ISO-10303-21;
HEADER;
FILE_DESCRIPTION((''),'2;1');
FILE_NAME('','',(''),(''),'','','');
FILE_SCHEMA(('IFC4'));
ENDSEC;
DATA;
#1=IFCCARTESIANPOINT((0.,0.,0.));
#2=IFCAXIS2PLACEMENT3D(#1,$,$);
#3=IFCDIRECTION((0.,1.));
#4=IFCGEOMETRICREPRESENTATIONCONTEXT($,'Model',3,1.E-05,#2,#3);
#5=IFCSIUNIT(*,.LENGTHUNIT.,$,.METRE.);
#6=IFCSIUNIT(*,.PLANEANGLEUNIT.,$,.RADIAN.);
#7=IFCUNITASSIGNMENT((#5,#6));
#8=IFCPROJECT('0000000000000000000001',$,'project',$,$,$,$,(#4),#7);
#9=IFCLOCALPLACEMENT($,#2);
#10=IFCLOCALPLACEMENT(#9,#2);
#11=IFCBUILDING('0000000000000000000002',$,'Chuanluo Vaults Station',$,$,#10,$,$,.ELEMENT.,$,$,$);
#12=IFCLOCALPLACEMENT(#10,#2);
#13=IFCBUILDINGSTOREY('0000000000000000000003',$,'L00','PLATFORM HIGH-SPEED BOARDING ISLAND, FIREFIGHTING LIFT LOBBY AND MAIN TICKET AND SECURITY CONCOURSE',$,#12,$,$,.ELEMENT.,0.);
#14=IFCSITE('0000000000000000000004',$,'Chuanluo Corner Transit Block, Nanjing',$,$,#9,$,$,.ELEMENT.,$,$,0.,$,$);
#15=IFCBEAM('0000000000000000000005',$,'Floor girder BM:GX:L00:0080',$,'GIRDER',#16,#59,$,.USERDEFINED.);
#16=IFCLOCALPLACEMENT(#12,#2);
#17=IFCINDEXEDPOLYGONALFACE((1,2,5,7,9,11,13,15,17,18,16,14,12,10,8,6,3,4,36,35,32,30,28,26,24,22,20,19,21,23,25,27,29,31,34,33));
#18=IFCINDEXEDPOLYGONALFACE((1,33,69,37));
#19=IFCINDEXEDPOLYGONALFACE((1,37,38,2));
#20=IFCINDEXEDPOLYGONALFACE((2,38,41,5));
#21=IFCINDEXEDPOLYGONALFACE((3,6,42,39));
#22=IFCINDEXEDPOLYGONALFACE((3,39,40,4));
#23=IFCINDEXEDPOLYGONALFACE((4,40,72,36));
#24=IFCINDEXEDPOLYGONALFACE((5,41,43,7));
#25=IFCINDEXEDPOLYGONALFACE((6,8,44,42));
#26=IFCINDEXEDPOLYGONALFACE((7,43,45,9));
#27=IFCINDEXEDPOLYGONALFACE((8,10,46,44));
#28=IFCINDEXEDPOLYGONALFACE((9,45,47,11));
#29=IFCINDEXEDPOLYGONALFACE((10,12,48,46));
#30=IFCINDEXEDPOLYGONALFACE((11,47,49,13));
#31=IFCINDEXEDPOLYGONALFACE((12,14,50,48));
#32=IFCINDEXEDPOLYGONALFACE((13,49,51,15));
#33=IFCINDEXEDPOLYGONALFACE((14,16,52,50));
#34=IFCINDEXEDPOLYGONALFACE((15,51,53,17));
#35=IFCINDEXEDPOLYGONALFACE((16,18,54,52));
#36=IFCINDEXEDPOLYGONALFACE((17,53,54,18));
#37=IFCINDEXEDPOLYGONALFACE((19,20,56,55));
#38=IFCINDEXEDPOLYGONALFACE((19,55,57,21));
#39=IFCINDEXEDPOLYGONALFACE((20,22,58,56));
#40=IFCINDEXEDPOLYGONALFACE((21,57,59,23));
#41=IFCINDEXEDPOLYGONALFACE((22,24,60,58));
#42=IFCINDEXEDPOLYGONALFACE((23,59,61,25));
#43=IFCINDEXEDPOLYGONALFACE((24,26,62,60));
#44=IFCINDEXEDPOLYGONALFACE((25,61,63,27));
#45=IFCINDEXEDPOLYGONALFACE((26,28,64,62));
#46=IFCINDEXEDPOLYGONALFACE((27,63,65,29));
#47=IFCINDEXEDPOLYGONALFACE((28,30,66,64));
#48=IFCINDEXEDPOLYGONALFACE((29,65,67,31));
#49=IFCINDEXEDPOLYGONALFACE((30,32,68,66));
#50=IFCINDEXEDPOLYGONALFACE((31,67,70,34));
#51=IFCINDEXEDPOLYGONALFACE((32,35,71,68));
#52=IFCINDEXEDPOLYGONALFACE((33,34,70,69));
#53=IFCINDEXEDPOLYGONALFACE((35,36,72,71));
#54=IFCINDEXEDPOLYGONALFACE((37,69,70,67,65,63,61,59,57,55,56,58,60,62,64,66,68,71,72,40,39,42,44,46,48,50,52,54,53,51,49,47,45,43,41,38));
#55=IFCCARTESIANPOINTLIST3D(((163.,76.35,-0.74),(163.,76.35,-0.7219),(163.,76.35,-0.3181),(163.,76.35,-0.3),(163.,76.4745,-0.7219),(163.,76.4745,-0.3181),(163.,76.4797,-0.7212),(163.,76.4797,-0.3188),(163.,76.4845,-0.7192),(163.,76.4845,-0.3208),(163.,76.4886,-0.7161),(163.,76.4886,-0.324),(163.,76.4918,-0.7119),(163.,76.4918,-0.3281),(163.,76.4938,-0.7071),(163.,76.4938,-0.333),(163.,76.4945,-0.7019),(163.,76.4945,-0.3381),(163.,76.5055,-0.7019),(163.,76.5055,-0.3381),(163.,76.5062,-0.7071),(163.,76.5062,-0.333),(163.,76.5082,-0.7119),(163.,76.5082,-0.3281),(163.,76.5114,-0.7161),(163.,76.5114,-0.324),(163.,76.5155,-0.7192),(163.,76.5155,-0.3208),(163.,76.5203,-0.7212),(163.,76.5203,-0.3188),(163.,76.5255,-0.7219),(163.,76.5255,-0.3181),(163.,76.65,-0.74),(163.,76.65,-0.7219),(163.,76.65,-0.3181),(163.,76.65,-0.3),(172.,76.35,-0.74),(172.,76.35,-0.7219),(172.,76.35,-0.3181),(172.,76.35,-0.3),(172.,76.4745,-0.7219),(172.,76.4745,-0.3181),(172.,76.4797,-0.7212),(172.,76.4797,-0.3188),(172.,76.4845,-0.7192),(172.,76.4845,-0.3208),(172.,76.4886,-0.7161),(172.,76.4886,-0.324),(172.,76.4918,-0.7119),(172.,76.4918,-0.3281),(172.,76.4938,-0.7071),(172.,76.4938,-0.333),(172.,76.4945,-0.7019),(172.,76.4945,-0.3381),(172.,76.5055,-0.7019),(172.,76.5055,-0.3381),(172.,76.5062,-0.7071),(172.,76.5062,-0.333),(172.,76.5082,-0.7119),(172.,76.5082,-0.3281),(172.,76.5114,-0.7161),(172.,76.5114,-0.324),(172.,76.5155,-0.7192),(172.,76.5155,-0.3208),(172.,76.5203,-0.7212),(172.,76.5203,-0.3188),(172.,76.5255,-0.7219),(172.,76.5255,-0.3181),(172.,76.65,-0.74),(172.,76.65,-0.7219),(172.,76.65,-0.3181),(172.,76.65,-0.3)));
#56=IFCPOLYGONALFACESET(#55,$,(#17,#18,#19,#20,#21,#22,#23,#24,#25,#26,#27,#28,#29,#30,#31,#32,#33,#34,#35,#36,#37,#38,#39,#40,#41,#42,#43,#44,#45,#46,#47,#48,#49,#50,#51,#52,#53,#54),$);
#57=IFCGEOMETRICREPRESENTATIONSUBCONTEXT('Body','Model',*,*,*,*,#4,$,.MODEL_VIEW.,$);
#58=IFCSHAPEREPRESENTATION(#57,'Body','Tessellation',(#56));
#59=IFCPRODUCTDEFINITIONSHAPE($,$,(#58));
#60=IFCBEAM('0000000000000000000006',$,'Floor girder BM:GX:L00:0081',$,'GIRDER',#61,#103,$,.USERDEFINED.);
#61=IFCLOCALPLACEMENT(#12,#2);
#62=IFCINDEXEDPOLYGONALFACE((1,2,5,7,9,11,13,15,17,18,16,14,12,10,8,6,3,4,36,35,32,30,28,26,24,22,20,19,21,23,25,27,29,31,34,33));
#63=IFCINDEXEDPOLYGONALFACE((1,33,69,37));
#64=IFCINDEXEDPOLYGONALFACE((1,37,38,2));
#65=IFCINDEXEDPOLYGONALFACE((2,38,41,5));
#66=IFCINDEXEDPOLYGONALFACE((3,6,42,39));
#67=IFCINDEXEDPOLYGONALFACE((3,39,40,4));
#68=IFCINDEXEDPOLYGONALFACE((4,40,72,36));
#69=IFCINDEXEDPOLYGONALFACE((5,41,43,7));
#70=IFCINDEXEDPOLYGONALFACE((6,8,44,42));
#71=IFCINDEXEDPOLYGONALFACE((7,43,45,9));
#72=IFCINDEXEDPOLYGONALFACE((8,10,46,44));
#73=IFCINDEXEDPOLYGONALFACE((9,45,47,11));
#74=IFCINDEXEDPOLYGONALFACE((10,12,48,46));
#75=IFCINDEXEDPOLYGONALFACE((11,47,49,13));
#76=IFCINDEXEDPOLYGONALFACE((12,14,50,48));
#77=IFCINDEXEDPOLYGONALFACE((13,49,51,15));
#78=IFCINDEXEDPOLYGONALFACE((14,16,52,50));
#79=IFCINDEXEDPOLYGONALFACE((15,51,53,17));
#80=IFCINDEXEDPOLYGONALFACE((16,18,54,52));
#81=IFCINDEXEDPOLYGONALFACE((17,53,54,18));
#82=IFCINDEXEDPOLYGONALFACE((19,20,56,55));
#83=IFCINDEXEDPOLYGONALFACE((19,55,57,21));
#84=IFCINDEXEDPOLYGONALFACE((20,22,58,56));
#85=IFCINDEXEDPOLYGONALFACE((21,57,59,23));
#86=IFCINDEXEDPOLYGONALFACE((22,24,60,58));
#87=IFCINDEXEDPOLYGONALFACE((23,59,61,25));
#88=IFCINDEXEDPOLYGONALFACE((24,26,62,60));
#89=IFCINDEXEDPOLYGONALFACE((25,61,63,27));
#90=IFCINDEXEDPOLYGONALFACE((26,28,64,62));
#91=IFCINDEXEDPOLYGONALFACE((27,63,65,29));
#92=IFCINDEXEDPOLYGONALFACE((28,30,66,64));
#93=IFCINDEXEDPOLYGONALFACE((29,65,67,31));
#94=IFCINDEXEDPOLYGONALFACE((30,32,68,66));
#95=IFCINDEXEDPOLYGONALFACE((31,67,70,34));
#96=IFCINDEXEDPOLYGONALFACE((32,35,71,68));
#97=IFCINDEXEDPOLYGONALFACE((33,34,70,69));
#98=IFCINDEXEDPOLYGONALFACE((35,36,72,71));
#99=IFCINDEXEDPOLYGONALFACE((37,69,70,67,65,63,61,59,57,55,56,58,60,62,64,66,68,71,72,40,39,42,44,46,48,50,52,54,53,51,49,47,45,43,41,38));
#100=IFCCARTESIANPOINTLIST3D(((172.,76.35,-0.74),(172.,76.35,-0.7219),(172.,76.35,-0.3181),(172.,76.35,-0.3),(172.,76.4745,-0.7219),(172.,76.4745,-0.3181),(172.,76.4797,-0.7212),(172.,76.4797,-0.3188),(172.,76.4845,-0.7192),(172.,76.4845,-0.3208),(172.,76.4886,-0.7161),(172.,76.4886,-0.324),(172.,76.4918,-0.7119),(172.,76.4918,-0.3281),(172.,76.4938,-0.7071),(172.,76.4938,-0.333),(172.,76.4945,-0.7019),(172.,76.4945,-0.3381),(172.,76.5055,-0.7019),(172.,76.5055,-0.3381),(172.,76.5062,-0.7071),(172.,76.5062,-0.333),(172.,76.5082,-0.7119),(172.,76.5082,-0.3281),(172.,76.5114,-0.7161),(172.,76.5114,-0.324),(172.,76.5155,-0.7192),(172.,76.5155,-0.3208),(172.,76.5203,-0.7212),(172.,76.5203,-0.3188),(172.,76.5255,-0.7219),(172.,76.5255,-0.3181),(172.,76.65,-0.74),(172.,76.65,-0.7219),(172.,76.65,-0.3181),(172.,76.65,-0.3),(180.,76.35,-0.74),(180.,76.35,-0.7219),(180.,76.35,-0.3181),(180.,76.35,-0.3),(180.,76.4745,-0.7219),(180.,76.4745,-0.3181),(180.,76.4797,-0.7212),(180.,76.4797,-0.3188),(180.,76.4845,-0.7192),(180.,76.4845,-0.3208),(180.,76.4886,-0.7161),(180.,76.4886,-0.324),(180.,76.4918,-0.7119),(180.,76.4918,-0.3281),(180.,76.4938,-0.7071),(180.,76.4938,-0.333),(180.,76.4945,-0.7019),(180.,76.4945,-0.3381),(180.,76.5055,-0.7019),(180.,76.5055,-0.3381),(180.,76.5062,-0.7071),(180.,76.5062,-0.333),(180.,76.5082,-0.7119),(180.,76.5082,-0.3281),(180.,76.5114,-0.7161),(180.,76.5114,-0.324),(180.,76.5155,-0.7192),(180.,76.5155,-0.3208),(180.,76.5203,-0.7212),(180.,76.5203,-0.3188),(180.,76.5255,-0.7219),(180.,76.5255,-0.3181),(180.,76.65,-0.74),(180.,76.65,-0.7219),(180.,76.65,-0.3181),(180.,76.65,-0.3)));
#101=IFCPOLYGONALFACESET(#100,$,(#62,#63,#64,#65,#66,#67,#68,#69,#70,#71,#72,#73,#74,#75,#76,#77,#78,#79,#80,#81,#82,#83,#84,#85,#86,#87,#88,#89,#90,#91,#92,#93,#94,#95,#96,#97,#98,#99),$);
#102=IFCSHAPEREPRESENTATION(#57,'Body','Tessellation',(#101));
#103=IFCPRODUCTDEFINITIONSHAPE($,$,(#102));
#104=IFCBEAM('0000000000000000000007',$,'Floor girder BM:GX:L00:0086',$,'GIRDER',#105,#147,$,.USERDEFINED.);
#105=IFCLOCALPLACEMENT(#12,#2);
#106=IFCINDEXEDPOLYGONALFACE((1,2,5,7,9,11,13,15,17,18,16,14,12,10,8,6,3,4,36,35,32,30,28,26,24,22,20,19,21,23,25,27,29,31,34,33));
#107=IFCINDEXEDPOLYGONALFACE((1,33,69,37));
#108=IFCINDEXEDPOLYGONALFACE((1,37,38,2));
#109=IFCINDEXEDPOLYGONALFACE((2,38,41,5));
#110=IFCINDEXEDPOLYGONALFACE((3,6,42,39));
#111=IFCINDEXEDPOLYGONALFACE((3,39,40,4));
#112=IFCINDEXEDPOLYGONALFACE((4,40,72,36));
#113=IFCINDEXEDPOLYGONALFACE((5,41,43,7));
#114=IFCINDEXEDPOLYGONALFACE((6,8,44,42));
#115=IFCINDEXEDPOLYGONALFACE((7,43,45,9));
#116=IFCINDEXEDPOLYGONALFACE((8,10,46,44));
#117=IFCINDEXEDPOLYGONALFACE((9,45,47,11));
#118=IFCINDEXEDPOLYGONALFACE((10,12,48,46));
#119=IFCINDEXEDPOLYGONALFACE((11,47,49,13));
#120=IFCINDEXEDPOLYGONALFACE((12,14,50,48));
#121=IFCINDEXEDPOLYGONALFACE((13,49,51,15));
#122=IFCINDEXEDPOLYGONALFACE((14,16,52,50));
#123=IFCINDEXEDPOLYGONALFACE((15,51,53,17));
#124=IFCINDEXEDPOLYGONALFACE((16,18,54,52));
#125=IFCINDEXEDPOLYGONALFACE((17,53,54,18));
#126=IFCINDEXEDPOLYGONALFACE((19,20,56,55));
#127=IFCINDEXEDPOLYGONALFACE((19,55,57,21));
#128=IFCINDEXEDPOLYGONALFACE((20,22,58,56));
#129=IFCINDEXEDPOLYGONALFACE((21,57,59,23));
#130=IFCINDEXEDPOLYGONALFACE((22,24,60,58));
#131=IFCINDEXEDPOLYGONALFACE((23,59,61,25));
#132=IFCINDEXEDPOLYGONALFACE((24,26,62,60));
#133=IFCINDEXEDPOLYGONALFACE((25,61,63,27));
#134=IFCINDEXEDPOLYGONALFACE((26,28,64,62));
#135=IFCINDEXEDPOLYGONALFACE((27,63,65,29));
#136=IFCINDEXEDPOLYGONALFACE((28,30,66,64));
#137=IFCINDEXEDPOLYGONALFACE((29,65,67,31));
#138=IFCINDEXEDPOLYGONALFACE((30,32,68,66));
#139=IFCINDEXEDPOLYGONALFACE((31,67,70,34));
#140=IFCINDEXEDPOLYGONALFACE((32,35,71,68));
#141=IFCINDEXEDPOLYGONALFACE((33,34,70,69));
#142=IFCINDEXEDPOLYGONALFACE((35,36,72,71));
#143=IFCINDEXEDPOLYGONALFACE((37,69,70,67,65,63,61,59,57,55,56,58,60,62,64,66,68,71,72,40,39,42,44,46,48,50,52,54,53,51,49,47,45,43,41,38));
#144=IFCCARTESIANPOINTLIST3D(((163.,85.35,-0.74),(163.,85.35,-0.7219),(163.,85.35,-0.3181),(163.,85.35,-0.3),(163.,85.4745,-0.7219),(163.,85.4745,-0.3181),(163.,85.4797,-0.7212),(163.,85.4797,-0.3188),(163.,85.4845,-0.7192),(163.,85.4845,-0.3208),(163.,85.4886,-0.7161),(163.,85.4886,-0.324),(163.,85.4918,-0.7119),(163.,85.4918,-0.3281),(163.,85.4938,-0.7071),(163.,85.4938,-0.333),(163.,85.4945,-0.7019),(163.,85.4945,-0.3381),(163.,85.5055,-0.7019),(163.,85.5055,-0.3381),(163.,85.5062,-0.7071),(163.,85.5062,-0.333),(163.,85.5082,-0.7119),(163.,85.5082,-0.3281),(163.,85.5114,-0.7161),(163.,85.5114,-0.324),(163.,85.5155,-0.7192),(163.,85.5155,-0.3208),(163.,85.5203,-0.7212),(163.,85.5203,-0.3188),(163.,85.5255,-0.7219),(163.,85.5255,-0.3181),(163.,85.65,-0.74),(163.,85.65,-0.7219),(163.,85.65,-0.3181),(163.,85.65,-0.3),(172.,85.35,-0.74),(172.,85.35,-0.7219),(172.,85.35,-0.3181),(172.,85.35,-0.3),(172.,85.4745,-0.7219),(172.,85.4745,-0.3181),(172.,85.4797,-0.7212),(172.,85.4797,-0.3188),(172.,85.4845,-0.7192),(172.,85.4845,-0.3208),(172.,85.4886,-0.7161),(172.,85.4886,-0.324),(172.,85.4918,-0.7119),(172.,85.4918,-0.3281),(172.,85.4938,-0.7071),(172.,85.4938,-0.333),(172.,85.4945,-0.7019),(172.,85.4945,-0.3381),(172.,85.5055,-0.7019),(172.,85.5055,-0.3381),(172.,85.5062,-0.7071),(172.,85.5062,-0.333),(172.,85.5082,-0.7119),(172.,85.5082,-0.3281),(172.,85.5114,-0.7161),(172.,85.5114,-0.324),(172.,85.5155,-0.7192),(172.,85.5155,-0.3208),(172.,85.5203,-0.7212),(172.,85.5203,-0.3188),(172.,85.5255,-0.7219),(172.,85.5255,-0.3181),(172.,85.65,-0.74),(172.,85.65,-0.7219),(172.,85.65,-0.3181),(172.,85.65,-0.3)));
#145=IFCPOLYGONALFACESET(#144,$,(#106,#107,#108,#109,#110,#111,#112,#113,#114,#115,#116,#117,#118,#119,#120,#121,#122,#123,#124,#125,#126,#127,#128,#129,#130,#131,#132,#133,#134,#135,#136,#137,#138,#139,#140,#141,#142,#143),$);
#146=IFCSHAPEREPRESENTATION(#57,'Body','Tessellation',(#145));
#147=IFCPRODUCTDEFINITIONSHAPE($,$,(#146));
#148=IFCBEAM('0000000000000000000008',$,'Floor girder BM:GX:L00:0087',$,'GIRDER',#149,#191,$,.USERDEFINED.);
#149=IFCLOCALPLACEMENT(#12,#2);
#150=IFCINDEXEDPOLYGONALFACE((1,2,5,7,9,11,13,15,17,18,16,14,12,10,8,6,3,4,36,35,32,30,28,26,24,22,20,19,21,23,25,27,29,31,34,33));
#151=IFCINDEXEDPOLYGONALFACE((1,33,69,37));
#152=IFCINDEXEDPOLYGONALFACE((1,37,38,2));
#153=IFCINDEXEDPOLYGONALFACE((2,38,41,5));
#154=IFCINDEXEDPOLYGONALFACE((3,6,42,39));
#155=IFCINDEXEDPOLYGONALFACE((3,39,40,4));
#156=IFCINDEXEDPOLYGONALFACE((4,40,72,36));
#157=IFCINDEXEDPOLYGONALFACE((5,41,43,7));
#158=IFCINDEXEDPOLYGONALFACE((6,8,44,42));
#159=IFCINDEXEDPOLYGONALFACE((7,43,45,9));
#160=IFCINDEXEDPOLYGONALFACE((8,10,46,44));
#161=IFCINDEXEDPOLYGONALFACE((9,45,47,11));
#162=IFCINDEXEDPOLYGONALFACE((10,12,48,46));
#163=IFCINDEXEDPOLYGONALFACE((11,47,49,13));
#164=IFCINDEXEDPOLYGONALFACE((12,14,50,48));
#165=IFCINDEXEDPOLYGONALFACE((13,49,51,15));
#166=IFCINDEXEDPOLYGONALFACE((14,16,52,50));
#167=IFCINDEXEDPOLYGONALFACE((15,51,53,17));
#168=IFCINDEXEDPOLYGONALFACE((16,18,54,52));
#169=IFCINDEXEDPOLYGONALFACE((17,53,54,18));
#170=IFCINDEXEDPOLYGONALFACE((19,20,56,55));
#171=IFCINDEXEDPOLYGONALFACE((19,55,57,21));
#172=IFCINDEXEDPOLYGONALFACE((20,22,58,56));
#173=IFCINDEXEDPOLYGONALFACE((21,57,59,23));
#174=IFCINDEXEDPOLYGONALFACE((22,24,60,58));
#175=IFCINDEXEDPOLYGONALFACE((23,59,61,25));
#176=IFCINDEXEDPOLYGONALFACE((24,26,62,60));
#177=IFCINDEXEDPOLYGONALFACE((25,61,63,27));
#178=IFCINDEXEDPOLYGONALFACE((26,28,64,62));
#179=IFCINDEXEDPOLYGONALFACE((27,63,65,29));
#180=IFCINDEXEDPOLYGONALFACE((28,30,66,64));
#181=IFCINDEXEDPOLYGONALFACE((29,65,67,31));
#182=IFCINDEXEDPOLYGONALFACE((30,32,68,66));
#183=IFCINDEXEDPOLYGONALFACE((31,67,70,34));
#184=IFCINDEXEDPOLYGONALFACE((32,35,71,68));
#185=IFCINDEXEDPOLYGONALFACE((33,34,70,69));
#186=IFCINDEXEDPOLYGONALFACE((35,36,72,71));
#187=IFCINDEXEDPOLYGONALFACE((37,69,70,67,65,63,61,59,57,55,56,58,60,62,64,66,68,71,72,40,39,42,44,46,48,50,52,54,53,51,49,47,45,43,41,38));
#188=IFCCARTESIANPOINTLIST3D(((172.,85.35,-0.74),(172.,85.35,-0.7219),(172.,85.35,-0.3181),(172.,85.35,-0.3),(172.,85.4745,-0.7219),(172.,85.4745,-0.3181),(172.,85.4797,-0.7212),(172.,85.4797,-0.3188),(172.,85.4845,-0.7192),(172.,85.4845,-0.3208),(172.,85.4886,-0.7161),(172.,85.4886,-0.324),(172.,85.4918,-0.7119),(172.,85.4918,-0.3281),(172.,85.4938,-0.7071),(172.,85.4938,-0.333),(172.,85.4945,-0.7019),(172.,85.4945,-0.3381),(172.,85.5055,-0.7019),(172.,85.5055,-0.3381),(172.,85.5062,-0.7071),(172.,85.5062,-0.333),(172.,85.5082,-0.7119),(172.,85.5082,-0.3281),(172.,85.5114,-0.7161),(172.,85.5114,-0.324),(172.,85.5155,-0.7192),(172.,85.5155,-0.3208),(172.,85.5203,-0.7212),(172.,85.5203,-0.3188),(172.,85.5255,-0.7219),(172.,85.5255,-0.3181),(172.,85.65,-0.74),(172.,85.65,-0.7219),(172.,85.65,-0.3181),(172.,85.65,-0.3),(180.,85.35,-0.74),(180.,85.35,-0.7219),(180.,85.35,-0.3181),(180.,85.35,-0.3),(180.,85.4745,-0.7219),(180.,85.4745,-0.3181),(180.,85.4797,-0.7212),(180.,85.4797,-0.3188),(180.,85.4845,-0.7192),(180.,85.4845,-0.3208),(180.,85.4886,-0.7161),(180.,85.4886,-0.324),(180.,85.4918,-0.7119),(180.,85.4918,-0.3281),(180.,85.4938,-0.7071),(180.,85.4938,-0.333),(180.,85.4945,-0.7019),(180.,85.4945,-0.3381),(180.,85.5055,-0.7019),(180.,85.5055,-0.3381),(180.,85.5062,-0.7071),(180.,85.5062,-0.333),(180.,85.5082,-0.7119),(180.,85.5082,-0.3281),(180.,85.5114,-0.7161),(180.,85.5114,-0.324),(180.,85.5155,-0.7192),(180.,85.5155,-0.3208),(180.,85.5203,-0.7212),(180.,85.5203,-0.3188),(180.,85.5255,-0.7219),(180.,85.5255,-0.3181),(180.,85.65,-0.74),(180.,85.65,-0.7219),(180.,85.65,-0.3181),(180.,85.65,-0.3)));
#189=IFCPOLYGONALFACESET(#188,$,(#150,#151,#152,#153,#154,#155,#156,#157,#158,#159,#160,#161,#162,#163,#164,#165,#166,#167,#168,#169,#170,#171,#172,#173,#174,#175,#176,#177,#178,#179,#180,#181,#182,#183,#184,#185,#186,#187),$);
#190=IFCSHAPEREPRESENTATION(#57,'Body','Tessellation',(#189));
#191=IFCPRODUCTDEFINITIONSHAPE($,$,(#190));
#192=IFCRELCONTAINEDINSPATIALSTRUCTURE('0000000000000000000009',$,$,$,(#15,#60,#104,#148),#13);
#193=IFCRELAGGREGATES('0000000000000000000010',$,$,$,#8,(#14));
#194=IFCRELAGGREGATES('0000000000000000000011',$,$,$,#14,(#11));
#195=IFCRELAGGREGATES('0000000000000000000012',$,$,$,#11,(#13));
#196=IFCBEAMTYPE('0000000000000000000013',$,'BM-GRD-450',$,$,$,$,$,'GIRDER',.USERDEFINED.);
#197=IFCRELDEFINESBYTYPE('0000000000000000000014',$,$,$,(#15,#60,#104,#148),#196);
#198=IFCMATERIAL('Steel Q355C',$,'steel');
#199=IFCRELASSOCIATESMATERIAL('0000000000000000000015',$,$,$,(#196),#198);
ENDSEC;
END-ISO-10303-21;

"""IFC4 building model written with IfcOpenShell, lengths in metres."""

from ifc_helpers import new_model, si_unit, direction, frame, origin, origin_2d, place, context, subcontext, project, spatial, i_section, extrude, material, material_profile, profile_set, type_object, element, save


model = new_model("IFC4")

# Units and contexts
model_context = context("Model", 3, precision=1e-05, world=origin(), true_north=direction((0.0, 1.0)))
body_context = subcontext(model_context, "Body", "Model", "MODEL_VIEW")
ifc_project = project(units=[si_unit("LENGTHUNIT", "METRE"), si_unit("PLANEANGLEUNIT", "RADIAN")], contexts=[model_context])

# Site, building, storey
site_placement = place(None, origin())
site = spatial("IfcSite", under=ifc_project, at=site_placement, Name="Chuanluo Corner Transit Block, Nanjing", CompositionType="ELEMENT", RefElevation=0.0)
building_placement = place(site_placement, origin())
building = spatial("IfcBuilding", under=site, at=building_placement, Name="Chuanluo Vaults Station", CompositionType="ELEMENT")
storey_placement = place(building_placement, origin())
storey = spatial("IfcBuildingStorey", under=building, at=storey_placement, Name="L00", Description="PLATFORM HIGH-SPEED BOARDING ISLAND, FIREFIGHTING LIFT LOBBY AND MAIN TICKET AND SECURITY CONCOURSE", CompositionType="ELEMENT", Elevation=0.0)

# Beams
ifc_material_1 = material(Name="Steel Q355C", Category="steel")
ifc_material_profile_1 = material_profile(ifc_material_1, i_section(OverallWidth=0.3, OverallDepth=0.4399, WebThickness=0.011, FlangeThickness=0.0181, FilletRadius=0.02, at=origin_2d()))
ifc_profile_set_1 = profile_set([ifc_material_profile_1], Name="Steel Q355C")
beam_type_1 = type_object("IfcBeamType", Name="BM-GRD-450", ElementType="GIRDER", PredefinedType="USERDEFINED", material=ifc_profile_set_1)
beam_1_placement = place(storey_placement, frame((163.0, 76.5, -0.52), z_axis=(1.0, 0.0, 0.0), x_axis=(0.0, 1.0, 0.0)))
element("IfcBeam", 1, at=beam_1_placement, inside=storey, type_object=beam_type_1, Name="Floor girder BM:GX:L00:0080", ObjectType="GIRDER", PredefinedType="USERDEFINED", context=body_context, shape_type="SweptSolid", body=[
    extrude(i_section(OverallWidth=0.3, OverallDepth=0.4399, WebThickness=0.011, FlangeThickness=0.0181, FilletRadius=0.02, at=origin_2d()), origin(), (0.0, 0.0, 1.0), 9.0),
])
beam_2_placement = place(storey_placement, frame((172.0, 76.5, -0.52), z_axis=(1.0, 0.0, 0.0), x_axis=(0.0, 1.0, 0.0)))
element("IfcBeam", 2, at=beam_2_placement, inside=storey, type_object=beam_type_1, Name="Floor girder BM:GX:L00:0081", ObjectType="GIRDER", PredefinedType="USERDEFINED", context=body_context, shape_type="SweptSolid", body=[
    extrude(i_section(OverallWidth=0.3, OverallDepth=0.4399, WebThickness=0.011, FlangeThickness=0.0181, FilletRadius=0.02, at=origin_2d()), origin(), (0.0, 0.0, 1.0), 8.0),
])
beam_3_placement = place(storey_placement, frame((163.0, 85.5, -0.52), z_axis=(1.0, 0.0, 0.0), x_axis=(0.0, 1.0, 0.0)))
element("IfcBeam", 3, at=beam_3_placement, inside=storey, type_object=beam_type_1, Name="Floor girder BM:GX:L00:0086", ObjectType="GIRDER", PredefinedType="USERDEFINED", context=body_context, shape_type="SweptSolid", body=[
    extrude(i_section(OverallWidth=0.3, OverallDepth=0.4399, WebThickness=0.011, FlangeThickness=0.0181, FilletRadius=0.02, at=origin_2d()), origin(), (0.0, 0.0, 1.0), 9.0),
])
beam_4_placement = place(storey_placement, frame((172.0, 85.5, -0.52), z_axis=(1.0, 0.0, 0.0), x_axis=(0.0, 1.0, 0.0)))
element("IfcBeam", 4, at=beam_4_placement, inside=storey, type_object=beam_type_1, Name="Floor girder BM:GX:L00:0087", ObjectType="GIRDER", PredefinedType="USERDEFINED", context=body_context, shape_type="SweptSolid", body=[
    extrude(i_section(OverallWidth=0.3, OverallDepth=0.4399, WebThickness=0.011, FlangeThickness=0.0181, FilletRadius=0.02, at=origin_2d()), origin(), (0.0, 0.0, 1.0), 8.0),
])

save(model, "model.ifc")
